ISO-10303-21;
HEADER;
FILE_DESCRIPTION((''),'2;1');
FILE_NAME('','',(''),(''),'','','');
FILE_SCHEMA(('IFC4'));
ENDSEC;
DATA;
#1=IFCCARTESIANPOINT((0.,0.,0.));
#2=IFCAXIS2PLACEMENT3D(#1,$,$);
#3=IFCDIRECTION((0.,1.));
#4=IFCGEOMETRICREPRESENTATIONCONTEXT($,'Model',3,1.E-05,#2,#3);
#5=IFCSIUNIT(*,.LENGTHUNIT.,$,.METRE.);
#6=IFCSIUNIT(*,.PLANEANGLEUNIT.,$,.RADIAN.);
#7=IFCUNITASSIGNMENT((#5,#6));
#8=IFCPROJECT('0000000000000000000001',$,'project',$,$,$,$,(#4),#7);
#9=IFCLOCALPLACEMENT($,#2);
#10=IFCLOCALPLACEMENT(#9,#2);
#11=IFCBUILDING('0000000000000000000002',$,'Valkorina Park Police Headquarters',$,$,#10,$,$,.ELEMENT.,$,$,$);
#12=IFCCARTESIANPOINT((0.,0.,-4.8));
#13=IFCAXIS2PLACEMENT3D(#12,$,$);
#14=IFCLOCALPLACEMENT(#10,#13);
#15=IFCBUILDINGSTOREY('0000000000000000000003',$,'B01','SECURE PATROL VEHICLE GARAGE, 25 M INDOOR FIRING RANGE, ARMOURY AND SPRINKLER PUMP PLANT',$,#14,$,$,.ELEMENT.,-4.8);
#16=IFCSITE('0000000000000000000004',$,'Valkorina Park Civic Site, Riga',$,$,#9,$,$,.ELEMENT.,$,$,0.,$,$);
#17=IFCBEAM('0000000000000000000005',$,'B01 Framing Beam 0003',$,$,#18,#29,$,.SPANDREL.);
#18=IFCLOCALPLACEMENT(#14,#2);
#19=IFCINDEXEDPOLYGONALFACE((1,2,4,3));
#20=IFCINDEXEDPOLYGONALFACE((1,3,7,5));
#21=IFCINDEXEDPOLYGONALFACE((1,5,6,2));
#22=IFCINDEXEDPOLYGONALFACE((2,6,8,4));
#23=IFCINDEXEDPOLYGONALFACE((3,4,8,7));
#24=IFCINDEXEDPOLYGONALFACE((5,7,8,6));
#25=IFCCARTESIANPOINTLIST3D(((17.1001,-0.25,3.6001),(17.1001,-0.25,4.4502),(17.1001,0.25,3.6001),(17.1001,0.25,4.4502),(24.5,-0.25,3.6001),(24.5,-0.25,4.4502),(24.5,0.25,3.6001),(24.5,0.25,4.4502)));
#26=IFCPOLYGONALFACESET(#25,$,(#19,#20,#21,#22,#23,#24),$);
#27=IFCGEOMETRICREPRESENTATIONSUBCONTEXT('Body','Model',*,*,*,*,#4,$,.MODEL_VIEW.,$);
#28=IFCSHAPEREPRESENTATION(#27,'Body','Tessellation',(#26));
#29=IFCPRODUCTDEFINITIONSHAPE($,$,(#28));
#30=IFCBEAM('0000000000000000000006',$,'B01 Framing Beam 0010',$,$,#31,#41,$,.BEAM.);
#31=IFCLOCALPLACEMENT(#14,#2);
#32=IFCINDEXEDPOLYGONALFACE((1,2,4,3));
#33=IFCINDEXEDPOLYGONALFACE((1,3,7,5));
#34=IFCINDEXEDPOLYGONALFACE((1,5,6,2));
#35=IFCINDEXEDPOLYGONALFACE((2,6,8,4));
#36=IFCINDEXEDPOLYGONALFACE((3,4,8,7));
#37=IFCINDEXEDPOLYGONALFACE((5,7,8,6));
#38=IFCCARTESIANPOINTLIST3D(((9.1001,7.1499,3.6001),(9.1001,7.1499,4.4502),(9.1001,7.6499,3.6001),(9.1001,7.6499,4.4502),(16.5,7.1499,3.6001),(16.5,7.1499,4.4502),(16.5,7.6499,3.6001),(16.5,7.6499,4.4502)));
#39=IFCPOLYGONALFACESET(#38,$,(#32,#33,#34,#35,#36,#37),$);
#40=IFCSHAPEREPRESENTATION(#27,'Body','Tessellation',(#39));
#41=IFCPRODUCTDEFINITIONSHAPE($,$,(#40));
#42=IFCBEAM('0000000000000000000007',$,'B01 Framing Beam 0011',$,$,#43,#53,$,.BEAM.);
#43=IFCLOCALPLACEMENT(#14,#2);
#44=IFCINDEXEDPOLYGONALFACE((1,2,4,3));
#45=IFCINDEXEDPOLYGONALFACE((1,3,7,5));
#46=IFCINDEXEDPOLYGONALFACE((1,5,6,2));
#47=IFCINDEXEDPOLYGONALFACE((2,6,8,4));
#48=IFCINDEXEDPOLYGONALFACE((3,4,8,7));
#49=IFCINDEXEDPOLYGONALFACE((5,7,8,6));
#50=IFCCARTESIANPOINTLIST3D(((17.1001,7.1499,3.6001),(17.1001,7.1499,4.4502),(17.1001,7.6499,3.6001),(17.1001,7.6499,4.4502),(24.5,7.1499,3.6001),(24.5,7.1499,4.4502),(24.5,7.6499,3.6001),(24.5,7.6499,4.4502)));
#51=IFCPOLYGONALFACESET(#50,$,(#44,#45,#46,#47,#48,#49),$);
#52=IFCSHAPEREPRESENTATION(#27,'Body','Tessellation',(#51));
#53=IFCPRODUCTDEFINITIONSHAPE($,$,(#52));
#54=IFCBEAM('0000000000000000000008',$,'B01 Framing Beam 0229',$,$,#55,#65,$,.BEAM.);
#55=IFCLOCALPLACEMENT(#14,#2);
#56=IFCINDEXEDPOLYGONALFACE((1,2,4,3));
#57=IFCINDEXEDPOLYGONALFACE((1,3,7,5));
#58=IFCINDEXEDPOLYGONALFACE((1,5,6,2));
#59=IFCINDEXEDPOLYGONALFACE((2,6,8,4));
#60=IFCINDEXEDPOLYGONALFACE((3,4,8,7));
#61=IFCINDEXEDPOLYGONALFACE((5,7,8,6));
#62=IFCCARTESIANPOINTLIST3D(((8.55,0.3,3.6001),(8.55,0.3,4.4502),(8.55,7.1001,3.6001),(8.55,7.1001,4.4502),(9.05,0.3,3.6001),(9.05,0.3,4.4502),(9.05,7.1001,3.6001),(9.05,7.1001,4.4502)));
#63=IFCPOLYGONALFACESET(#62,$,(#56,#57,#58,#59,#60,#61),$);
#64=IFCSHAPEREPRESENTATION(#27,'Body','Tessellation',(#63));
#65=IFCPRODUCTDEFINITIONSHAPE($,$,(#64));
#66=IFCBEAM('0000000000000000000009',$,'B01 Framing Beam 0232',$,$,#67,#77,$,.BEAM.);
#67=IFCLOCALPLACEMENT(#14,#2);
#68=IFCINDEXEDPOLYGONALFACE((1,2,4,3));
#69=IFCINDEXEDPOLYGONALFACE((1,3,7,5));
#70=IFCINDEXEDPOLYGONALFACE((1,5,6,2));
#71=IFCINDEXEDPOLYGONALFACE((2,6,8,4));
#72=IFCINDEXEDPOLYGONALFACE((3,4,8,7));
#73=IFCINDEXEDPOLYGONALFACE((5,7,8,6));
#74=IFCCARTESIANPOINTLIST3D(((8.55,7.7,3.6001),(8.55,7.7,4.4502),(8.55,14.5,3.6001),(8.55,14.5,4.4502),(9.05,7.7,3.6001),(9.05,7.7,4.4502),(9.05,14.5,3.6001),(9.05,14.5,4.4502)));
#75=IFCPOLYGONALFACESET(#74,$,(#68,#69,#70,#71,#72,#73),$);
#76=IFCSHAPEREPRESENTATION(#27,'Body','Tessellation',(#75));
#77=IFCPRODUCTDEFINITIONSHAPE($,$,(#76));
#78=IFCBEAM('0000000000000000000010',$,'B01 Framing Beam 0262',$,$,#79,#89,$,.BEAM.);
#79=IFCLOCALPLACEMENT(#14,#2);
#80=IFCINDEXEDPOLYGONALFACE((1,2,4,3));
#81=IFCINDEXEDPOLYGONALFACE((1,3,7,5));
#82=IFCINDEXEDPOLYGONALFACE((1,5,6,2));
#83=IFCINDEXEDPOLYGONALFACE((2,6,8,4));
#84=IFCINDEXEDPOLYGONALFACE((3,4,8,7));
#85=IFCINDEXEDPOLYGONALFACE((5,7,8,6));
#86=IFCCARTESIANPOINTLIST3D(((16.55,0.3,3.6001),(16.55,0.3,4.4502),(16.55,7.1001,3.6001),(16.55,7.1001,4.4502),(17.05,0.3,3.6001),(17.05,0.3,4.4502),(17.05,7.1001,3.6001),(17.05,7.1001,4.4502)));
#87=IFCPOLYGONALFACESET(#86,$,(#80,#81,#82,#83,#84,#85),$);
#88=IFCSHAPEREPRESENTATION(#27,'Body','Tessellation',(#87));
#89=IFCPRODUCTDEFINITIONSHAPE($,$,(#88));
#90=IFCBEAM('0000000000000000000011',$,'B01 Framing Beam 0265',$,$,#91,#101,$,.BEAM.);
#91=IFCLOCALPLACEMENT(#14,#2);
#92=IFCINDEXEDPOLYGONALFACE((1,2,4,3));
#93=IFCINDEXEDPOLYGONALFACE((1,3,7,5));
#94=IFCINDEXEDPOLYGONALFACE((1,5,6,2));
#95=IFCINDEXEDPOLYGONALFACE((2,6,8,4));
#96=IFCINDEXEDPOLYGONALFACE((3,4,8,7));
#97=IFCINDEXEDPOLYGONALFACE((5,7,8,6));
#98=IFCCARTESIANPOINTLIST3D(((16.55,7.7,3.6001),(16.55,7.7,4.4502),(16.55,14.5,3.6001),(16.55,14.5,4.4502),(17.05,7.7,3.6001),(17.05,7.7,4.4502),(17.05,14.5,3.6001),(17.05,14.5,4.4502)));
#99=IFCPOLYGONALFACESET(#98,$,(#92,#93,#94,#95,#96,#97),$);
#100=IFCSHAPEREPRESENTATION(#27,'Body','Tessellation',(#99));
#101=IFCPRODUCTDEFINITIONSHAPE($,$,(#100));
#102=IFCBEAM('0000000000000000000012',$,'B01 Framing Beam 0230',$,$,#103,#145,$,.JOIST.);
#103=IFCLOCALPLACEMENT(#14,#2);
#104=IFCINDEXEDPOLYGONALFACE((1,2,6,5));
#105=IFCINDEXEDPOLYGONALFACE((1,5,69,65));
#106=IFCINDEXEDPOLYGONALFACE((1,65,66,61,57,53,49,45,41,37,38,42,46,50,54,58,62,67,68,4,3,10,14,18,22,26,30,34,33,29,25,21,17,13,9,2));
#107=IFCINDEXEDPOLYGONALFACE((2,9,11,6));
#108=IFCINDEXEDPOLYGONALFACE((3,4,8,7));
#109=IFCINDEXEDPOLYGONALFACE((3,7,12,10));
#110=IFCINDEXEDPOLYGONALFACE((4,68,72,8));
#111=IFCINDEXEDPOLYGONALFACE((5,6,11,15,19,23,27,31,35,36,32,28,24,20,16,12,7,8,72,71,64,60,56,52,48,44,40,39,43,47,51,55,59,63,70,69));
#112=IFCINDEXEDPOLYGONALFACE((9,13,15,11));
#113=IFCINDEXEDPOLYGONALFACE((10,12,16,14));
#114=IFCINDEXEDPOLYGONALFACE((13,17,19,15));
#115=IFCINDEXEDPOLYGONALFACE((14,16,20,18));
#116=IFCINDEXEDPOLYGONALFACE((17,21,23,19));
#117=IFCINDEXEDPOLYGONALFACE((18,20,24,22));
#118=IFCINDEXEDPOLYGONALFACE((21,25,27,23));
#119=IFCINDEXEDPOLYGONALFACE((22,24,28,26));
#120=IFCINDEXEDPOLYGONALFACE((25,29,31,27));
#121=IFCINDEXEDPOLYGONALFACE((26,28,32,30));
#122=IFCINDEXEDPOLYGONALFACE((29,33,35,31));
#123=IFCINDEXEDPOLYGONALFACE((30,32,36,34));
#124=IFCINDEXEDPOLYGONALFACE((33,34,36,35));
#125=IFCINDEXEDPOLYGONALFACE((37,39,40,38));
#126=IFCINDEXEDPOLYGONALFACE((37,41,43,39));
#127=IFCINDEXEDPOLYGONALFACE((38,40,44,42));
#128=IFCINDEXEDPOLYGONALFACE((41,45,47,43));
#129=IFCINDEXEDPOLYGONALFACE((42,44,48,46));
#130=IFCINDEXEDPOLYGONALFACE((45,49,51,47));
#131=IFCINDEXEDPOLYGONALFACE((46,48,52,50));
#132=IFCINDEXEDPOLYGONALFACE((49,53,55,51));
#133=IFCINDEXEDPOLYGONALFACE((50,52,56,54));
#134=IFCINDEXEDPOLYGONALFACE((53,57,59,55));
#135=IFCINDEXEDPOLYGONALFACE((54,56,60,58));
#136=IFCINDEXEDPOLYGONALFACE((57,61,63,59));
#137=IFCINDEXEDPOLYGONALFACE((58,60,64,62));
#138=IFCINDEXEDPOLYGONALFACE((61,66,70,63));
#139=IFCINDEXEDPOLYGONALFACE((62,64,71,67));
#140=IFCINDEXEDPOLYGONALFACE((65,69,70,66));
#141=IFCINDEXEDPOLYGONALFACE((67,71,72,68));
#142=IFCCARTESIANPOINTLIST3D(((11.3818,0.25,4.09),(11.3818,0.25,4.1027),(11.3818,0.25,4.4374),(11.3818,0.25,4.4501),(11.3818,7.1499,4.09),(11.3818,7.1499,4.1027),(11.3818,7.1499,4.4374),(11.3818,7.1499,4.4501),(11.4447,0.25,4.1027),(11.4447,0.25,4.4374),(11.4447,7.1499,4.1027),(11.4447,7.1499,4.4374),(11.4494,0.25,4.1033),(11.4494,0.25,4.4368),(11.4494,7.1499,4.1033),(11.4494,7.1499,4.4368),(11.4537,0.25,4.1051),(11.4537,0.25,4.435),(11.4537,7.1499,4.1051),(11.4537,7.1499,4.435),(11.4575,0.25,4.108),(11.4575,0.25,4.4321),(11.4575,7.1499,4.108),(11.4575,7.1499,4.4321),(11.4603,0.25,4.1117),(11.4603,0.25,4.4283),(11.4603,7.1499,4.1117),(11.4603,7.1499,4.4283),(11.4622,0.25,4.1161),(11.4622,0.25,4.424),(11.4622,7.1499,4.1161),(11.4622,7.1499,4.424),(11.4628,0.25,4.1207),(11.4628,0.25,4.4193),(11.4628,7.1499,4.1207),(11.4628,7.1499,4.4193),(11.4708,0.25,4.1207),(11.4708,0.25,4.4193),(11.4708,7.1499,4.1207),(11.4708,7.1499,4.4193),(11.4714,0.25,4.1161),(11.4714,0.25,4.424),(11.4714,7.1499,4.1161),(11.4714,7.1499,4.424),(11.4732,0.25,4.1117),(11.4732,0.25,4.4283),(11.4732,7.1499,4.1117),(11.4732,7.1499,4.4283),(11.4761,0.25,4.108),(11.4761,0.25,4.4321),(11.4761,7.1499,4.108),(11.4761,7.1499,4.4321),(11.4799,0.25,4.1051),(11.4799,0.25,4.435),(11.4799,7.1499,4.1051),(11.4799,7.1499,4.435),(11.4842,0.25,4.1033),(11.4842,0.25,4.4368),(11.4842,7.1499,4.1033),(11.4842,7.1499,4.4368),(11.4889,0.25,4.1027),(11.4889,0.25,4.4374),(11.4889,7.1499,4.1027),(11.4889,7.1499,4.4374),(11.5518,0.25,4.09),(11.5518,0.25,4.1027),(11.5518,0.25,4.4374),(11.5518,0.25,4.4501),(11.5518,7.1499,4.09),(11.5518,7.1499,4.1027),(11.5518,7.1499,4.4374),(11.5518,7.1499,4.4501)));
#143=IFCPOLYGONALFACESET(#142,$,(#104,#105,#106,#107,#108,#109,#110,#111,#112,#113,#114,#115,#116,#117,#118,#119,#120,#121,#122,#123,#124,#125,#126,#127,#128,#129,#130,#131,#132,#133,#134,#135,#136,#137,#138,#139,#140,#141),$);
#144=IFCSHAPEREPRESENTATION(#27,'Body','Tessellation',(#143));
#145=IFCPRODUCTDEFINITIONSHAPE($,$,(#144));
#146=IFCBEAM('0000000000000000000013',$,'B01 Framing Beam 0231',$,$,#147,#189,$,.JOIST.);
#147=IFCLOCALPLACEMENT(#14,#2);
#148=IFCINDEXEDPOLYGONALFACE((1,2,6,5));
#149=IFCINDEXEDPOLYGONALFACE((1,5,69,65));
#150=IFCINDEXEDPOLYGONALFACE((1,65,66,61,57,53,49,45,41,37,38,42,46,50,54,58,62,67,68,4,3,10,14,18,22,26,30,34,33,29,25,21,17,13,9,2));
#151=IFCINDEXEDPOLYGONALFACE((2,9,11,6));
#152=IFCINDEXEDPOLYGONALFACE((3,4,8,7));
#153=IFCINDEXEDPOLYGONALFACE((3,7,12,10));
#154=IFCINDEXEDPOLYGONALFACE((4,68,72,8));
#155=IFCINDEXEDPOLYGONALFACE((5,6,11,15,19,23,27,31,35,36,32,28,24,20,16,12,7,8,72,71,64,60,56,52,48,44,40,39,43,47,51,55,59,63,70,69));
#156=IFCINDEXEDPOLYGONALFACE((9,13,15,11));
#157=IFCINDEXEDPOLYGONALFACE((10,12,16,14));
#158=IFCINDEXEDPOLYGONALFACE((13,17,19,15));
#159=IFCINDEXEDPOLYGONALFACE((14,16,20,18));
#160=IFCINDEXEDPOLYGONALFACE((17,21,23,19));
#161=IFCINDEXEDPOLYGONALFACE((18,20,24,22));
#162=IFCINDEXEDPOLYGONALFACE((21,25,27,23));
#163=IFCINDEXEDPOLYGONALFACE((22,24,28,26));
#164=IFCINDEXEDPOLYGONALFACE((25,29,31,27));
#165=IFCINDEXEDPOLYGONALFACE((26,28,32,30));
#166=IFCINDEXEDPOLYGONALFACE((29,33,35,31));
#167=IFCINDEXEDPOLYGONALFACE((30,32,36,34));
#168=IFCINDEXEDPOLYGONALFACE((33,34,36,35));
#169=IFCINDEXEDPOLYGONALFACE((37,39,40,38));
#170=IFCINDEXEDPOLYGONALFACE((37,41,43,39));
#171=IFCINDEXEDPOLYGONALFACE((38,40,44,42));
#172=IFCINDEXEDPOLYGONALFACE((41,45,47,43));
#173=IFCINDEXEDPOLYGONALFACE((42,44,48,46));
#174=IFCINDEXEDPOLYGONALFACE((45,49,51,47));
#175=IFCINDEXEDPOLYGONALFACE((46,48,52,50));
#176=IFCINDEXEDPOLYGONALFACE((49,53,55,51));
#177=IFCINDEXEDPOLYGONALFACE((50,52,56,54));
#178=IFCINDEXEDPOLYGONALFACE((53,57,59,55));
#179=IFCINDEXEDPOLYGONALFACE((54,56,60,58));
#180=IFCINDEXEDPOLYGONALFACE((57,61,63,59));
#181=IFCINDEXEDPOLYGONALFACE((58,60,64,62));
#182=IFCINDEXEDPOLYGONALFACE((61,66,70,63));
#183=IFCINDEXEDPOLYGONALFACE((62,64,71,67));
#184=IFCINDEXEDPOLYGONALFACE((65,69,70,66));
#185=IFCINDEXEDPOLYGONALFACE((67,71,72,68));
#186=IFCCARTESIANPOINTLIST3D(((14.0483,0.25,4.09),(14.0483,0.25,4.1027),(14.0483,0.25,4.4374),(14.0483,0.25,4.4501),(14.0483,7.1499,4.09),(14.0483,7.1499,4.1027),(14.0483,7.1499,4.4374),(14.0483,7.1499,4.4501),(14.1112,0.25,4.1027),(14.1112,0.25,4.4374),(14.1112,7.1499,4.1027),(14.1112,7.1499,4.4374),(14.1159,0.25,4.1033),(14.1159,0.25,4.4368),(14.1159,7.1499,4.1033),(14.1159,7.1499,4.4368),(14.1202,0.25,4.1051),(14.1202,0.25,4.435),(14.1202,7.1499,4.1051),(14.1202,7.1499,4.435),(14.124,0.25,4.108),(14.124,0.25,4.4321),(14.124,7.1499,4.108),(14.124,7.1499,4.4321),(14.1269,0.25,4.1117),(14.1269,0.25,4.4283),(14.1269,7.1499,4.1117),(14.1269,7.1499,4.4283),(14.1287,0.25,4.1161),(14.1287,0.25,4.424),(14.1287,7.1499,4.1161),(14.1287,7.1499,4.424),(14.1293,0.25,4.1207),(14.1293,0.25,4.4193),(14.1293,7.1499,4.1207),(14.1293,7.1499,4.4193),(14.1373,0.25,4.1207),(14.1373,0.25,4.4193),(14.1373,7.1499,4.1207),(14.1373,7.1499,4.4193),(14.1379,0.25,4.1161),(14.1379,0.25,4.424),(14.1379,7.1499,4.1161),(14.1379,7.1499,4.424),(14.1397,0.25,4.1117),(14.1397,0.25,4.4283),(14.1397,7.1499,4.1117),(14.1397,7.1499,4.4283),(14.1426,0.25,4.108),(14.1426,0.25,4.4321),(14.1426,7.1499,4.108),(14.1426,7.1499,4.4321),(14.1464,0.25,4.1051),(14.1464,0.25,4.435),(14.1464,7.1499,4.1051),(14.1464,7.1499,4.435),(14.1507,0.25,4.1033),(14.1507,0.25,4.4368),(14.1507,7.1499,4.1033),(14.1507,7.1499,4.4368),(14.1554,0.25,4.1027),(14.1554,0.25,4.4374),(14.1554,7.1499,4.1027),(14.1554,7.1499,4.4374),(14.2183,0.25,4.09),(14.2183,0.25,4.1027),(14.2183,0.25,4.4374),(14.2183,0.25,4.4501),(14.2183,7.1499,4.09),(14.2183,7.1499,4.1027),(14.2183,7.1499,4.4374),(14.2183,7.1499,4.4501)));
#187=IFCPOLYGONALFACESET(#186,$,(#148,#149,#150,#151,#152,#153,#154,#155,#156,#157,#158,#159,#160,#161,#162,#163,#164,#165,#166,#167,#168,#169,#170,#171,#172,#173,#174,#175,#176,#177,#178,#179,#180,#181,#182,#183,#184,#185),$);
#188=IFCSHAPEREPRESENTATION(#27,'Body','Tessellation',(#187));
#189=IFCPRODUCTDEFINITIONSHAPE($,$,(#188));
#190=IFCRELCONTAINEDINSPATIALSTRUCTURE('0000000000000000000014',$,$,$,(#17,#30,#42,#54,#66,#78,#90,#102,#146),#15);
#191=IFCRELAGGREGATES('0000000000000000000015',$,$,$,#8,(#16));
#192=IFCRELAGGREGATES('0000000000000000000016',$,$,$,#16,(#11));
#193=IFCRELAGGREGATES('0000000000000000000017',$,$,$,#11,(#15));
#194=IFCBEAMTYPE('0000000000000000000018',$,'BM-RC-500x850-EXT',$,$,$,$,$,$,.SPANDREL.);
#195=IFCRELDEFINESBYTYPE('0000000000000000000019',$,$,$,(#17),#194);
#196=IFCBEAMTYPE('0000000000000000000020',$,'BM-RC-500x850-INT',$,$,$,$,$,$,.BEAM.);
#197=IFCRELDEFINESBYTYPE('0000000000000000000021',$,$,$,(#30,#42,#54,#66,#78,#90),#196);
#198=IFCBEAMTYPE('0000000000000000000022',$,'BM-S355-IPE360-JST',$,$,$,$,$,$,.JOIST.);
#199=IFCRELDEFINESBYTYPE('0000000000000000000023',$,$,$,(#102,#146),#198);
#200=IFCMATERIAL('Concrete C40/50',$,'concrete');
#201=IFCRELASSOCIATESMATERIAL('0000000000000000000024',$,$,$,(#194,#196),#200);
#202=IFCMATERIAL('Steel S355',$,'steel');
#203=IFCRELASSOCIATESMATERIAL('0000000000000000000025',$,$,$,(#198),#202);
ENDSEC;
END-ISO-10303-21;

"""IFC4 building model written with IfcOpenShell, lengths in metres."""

from ifc_helpers import new_model, si_unit, direction, frame, origin, origin_2d, place, context, subcontext, project, spatial, rectangle, i_section, extrude, material, material_profile, profile_set, type_object, element, save


model = new_model("IFC4")

# Units and contexts
model_context = context("Model", 3, precision=1e-05, world=origin(), true_north=direction((0.0, 1.0)))
body_context = subcontext(model_context, "Body", "Model", "MODEL_VIEW")
ifc_project = project(units=[si_unit("LENGTHUNIT", "METRE"), si_unit("PLANEANGLEUNIT", "RADIAN")], contexts=[model_context])

# Site, building, storey
site_placement = place(None, origin())
site = spatial("IfcSite", under=ifc_project, at=site_placement, Name="Valkorina Park Civic Site, Riga", CompositionType="ELEMENT", RefElevation=0.0)
building_placement = place(site_placement, origin())
building = spatial("IfcBuilding", under=site, at=building_placement, Name="Valkorina Park Police Headquarters", CompositionType="ELEMENT")
storey_placement = place(building_placement, frame((0.0, 0.0, -4.8)))
storey = spatial("IfcBuildingStorey", under=building, at=storey_placement, Name="B01", Description="SECURE PATROL VEHICLE GARAGE, 25 M INDOOR FIRING RANGE, ARMOURY AND SPRINKLER PUMP PLANT", CompositionType="ELEMENT", Elevation=-4.8)

# Shared definitions
ifc_material_1 = material(Name="Concrete C40/50", Category="concrete")

# Beams
ifc_material_profile_1 = material_profile(ifc_material_1, rectangle(XDim=0.5, YDim=0.8501, at=origin_2d()), Name="RC BEAM 500x850")
ifc_profile_set_1 = profile_set([ifc_material_profile_1], Name="Concrete C40/50")
beam_type_1 = type_object("IfcBeamType", Name="BM-RC-500x850-EXT", PredefinedType="SPANDREL", material=ifc_profile_set_1)
for number, where, z_axis, x_axis, name in (
    (1, (17.1001, 0.0, 4.0251), (1.0, 0.0, 0.0), (0.0, 1.0, 0.0), "B01 Framing Beam 0003"),
):
    element("IfcBeam", number, at=place(storey_placement, frame(where, z_axis=z_axis, x_axis=x_axis)), inside=storey, type_object=beam_type_1, Name=name, PredefinedType="SPANDREL", context=body_context, shape_type="SweptSolid", body=[
        extrude(rectangle(XDim=0.5, YDim=0.8501, at=origin_2d()), origin(), (0.0, 0.0, 1.0), 7.3999),
    ])
ifc_material_profile_2 = material_profile(ifc_material_1, rectangle(XDim=0.5, YDim=0.8501, at=origin_2d()), Name="RC BEAM 500x850")
ifc_profile_set_2 = profile_set([ifc_material_profile_2], Name="Concrete C40/50")
beam_type_2 = type_object("IfcBeamType", Name="BM-RC-500x850-INT", PredefinedType="BEAM", material=ifc_profile_set_2)
for number, where, z_axis, x_axis, name in (
    (2, (9.1001, 7.3999, 4.0251), (1.0, 0.0, 0.0), (0.0, 1.0, 0.0), "B01 Framing Beam 0010"),
    (3, (17.1001, 7.3999, 4.0251), (1.0, 0.0, 0.0), (0.0, 1.0, 0.0), "B01 Framing Beam 0011"),
):
    element("IfcBeam", number, at=place(storey_placement, frame(where, z_axis=z_axis, x_axis=x_axis)), inside=storey, type_object=beam_type_2, Name=name, PredefinedType="BEAM", context=body_context, shape_type="SweptSolid", body=[
        extrude(rectangle(XDim=0.5, YDim=0.8501, at=origin_2d()), origin(), (0.0, 0.0, 1.0), 7.3999),
    ])
for number, where, z_axis, x_axis, name in (
    (4, (8.8, 0.3, 4.0251), (0.0, 1.0, 0.0), (-1.0, 0.0, 0.0), "B01 Framing Beam 0229"),
    (5, (8.8, 7.7, 4.0251), (0.0, 1.0, 0.0), (-1.0, 0.0, 0.0), "B01 Framing Beam 0232"),
    (6, (16.8, 0.3, 4.0251), (0.0, 1.0, 0.0), (-1.0, 0.0, 0.0), "B01 Framing Beam 0262"),
    (7, (16.8, 7.7, 4.0251), (0.0, 1.0, 0.0), (-1.0, 0.0, 0.0), "B01 Framing Beam 0265"),
):
    element("IfcBeam", number, at=place(storey_placement, frame(where, z_axis=z_axis, x_axis=x_axis)), inside=storey, type_object=beam_type_2, Name=name, PredefinedType="BEAM", context=body_context, shape_type="SweptSolid", body=[
        extrude(rectangle(XDim=0.5, YDim=0.8501, at=origin_2d()), origin(), (0.0, 0.0, 1.0), 6.8),
    ])
ifc_material_2 = material(Name="Steel S355", Category="steel")
ifc_material_profile_3 = material_profile(ifc_material_2, i_section(OverallWidth=0.1699, OverallDepth=0.3601, WebThickness=0.0081, FlangeThickness=0.0127, FilletRadius=0.0181, at=origin_2d()), Name="IPE 360")
ifc_profile_set_3 = profile_set([ifc_material_profile_3], Name="Steel S355")
beam_type_3 = type_object("IfcBeamType", Name="BM-S355-IPE360-JST", PredefinedType="JOIST", material=ifc_profile_set_3)
for number, where, z_axis, x_axis, name in (
    (8, (11.4668, 0.25, 4.27), (0.0, 1.0, 0.0), (-1.0, 0.0, 0.0), "B01 Framing Beam 0230"),
    (9, (14.1333, 0.25, 4.27), (0.0, 1.0, 0.0), (-1.0, 0.0, 0.0), "B01 Framing Beam 0231"),
):
    element("IfcBeam", number, at=place(storey_placement, frame(where, z_axis=z_axis, x_axis=x_axis)), inside=storey, type_object=beam_type_3, Name=name, PredefinedType="JOIST", context=body_context, shape_type="SweptSolid", body=[
        extrude(i_section(OverallWidth=0.1699, OverallDepth=0.3601, WebThickness=0.0081, FlangeThickness=0.0127, FilletRadius=0.0181, at=origin_2d()), origin(), (0.0, 0.0, 1.0), 6.8999),
    ])

save(model, "model.ifc")
